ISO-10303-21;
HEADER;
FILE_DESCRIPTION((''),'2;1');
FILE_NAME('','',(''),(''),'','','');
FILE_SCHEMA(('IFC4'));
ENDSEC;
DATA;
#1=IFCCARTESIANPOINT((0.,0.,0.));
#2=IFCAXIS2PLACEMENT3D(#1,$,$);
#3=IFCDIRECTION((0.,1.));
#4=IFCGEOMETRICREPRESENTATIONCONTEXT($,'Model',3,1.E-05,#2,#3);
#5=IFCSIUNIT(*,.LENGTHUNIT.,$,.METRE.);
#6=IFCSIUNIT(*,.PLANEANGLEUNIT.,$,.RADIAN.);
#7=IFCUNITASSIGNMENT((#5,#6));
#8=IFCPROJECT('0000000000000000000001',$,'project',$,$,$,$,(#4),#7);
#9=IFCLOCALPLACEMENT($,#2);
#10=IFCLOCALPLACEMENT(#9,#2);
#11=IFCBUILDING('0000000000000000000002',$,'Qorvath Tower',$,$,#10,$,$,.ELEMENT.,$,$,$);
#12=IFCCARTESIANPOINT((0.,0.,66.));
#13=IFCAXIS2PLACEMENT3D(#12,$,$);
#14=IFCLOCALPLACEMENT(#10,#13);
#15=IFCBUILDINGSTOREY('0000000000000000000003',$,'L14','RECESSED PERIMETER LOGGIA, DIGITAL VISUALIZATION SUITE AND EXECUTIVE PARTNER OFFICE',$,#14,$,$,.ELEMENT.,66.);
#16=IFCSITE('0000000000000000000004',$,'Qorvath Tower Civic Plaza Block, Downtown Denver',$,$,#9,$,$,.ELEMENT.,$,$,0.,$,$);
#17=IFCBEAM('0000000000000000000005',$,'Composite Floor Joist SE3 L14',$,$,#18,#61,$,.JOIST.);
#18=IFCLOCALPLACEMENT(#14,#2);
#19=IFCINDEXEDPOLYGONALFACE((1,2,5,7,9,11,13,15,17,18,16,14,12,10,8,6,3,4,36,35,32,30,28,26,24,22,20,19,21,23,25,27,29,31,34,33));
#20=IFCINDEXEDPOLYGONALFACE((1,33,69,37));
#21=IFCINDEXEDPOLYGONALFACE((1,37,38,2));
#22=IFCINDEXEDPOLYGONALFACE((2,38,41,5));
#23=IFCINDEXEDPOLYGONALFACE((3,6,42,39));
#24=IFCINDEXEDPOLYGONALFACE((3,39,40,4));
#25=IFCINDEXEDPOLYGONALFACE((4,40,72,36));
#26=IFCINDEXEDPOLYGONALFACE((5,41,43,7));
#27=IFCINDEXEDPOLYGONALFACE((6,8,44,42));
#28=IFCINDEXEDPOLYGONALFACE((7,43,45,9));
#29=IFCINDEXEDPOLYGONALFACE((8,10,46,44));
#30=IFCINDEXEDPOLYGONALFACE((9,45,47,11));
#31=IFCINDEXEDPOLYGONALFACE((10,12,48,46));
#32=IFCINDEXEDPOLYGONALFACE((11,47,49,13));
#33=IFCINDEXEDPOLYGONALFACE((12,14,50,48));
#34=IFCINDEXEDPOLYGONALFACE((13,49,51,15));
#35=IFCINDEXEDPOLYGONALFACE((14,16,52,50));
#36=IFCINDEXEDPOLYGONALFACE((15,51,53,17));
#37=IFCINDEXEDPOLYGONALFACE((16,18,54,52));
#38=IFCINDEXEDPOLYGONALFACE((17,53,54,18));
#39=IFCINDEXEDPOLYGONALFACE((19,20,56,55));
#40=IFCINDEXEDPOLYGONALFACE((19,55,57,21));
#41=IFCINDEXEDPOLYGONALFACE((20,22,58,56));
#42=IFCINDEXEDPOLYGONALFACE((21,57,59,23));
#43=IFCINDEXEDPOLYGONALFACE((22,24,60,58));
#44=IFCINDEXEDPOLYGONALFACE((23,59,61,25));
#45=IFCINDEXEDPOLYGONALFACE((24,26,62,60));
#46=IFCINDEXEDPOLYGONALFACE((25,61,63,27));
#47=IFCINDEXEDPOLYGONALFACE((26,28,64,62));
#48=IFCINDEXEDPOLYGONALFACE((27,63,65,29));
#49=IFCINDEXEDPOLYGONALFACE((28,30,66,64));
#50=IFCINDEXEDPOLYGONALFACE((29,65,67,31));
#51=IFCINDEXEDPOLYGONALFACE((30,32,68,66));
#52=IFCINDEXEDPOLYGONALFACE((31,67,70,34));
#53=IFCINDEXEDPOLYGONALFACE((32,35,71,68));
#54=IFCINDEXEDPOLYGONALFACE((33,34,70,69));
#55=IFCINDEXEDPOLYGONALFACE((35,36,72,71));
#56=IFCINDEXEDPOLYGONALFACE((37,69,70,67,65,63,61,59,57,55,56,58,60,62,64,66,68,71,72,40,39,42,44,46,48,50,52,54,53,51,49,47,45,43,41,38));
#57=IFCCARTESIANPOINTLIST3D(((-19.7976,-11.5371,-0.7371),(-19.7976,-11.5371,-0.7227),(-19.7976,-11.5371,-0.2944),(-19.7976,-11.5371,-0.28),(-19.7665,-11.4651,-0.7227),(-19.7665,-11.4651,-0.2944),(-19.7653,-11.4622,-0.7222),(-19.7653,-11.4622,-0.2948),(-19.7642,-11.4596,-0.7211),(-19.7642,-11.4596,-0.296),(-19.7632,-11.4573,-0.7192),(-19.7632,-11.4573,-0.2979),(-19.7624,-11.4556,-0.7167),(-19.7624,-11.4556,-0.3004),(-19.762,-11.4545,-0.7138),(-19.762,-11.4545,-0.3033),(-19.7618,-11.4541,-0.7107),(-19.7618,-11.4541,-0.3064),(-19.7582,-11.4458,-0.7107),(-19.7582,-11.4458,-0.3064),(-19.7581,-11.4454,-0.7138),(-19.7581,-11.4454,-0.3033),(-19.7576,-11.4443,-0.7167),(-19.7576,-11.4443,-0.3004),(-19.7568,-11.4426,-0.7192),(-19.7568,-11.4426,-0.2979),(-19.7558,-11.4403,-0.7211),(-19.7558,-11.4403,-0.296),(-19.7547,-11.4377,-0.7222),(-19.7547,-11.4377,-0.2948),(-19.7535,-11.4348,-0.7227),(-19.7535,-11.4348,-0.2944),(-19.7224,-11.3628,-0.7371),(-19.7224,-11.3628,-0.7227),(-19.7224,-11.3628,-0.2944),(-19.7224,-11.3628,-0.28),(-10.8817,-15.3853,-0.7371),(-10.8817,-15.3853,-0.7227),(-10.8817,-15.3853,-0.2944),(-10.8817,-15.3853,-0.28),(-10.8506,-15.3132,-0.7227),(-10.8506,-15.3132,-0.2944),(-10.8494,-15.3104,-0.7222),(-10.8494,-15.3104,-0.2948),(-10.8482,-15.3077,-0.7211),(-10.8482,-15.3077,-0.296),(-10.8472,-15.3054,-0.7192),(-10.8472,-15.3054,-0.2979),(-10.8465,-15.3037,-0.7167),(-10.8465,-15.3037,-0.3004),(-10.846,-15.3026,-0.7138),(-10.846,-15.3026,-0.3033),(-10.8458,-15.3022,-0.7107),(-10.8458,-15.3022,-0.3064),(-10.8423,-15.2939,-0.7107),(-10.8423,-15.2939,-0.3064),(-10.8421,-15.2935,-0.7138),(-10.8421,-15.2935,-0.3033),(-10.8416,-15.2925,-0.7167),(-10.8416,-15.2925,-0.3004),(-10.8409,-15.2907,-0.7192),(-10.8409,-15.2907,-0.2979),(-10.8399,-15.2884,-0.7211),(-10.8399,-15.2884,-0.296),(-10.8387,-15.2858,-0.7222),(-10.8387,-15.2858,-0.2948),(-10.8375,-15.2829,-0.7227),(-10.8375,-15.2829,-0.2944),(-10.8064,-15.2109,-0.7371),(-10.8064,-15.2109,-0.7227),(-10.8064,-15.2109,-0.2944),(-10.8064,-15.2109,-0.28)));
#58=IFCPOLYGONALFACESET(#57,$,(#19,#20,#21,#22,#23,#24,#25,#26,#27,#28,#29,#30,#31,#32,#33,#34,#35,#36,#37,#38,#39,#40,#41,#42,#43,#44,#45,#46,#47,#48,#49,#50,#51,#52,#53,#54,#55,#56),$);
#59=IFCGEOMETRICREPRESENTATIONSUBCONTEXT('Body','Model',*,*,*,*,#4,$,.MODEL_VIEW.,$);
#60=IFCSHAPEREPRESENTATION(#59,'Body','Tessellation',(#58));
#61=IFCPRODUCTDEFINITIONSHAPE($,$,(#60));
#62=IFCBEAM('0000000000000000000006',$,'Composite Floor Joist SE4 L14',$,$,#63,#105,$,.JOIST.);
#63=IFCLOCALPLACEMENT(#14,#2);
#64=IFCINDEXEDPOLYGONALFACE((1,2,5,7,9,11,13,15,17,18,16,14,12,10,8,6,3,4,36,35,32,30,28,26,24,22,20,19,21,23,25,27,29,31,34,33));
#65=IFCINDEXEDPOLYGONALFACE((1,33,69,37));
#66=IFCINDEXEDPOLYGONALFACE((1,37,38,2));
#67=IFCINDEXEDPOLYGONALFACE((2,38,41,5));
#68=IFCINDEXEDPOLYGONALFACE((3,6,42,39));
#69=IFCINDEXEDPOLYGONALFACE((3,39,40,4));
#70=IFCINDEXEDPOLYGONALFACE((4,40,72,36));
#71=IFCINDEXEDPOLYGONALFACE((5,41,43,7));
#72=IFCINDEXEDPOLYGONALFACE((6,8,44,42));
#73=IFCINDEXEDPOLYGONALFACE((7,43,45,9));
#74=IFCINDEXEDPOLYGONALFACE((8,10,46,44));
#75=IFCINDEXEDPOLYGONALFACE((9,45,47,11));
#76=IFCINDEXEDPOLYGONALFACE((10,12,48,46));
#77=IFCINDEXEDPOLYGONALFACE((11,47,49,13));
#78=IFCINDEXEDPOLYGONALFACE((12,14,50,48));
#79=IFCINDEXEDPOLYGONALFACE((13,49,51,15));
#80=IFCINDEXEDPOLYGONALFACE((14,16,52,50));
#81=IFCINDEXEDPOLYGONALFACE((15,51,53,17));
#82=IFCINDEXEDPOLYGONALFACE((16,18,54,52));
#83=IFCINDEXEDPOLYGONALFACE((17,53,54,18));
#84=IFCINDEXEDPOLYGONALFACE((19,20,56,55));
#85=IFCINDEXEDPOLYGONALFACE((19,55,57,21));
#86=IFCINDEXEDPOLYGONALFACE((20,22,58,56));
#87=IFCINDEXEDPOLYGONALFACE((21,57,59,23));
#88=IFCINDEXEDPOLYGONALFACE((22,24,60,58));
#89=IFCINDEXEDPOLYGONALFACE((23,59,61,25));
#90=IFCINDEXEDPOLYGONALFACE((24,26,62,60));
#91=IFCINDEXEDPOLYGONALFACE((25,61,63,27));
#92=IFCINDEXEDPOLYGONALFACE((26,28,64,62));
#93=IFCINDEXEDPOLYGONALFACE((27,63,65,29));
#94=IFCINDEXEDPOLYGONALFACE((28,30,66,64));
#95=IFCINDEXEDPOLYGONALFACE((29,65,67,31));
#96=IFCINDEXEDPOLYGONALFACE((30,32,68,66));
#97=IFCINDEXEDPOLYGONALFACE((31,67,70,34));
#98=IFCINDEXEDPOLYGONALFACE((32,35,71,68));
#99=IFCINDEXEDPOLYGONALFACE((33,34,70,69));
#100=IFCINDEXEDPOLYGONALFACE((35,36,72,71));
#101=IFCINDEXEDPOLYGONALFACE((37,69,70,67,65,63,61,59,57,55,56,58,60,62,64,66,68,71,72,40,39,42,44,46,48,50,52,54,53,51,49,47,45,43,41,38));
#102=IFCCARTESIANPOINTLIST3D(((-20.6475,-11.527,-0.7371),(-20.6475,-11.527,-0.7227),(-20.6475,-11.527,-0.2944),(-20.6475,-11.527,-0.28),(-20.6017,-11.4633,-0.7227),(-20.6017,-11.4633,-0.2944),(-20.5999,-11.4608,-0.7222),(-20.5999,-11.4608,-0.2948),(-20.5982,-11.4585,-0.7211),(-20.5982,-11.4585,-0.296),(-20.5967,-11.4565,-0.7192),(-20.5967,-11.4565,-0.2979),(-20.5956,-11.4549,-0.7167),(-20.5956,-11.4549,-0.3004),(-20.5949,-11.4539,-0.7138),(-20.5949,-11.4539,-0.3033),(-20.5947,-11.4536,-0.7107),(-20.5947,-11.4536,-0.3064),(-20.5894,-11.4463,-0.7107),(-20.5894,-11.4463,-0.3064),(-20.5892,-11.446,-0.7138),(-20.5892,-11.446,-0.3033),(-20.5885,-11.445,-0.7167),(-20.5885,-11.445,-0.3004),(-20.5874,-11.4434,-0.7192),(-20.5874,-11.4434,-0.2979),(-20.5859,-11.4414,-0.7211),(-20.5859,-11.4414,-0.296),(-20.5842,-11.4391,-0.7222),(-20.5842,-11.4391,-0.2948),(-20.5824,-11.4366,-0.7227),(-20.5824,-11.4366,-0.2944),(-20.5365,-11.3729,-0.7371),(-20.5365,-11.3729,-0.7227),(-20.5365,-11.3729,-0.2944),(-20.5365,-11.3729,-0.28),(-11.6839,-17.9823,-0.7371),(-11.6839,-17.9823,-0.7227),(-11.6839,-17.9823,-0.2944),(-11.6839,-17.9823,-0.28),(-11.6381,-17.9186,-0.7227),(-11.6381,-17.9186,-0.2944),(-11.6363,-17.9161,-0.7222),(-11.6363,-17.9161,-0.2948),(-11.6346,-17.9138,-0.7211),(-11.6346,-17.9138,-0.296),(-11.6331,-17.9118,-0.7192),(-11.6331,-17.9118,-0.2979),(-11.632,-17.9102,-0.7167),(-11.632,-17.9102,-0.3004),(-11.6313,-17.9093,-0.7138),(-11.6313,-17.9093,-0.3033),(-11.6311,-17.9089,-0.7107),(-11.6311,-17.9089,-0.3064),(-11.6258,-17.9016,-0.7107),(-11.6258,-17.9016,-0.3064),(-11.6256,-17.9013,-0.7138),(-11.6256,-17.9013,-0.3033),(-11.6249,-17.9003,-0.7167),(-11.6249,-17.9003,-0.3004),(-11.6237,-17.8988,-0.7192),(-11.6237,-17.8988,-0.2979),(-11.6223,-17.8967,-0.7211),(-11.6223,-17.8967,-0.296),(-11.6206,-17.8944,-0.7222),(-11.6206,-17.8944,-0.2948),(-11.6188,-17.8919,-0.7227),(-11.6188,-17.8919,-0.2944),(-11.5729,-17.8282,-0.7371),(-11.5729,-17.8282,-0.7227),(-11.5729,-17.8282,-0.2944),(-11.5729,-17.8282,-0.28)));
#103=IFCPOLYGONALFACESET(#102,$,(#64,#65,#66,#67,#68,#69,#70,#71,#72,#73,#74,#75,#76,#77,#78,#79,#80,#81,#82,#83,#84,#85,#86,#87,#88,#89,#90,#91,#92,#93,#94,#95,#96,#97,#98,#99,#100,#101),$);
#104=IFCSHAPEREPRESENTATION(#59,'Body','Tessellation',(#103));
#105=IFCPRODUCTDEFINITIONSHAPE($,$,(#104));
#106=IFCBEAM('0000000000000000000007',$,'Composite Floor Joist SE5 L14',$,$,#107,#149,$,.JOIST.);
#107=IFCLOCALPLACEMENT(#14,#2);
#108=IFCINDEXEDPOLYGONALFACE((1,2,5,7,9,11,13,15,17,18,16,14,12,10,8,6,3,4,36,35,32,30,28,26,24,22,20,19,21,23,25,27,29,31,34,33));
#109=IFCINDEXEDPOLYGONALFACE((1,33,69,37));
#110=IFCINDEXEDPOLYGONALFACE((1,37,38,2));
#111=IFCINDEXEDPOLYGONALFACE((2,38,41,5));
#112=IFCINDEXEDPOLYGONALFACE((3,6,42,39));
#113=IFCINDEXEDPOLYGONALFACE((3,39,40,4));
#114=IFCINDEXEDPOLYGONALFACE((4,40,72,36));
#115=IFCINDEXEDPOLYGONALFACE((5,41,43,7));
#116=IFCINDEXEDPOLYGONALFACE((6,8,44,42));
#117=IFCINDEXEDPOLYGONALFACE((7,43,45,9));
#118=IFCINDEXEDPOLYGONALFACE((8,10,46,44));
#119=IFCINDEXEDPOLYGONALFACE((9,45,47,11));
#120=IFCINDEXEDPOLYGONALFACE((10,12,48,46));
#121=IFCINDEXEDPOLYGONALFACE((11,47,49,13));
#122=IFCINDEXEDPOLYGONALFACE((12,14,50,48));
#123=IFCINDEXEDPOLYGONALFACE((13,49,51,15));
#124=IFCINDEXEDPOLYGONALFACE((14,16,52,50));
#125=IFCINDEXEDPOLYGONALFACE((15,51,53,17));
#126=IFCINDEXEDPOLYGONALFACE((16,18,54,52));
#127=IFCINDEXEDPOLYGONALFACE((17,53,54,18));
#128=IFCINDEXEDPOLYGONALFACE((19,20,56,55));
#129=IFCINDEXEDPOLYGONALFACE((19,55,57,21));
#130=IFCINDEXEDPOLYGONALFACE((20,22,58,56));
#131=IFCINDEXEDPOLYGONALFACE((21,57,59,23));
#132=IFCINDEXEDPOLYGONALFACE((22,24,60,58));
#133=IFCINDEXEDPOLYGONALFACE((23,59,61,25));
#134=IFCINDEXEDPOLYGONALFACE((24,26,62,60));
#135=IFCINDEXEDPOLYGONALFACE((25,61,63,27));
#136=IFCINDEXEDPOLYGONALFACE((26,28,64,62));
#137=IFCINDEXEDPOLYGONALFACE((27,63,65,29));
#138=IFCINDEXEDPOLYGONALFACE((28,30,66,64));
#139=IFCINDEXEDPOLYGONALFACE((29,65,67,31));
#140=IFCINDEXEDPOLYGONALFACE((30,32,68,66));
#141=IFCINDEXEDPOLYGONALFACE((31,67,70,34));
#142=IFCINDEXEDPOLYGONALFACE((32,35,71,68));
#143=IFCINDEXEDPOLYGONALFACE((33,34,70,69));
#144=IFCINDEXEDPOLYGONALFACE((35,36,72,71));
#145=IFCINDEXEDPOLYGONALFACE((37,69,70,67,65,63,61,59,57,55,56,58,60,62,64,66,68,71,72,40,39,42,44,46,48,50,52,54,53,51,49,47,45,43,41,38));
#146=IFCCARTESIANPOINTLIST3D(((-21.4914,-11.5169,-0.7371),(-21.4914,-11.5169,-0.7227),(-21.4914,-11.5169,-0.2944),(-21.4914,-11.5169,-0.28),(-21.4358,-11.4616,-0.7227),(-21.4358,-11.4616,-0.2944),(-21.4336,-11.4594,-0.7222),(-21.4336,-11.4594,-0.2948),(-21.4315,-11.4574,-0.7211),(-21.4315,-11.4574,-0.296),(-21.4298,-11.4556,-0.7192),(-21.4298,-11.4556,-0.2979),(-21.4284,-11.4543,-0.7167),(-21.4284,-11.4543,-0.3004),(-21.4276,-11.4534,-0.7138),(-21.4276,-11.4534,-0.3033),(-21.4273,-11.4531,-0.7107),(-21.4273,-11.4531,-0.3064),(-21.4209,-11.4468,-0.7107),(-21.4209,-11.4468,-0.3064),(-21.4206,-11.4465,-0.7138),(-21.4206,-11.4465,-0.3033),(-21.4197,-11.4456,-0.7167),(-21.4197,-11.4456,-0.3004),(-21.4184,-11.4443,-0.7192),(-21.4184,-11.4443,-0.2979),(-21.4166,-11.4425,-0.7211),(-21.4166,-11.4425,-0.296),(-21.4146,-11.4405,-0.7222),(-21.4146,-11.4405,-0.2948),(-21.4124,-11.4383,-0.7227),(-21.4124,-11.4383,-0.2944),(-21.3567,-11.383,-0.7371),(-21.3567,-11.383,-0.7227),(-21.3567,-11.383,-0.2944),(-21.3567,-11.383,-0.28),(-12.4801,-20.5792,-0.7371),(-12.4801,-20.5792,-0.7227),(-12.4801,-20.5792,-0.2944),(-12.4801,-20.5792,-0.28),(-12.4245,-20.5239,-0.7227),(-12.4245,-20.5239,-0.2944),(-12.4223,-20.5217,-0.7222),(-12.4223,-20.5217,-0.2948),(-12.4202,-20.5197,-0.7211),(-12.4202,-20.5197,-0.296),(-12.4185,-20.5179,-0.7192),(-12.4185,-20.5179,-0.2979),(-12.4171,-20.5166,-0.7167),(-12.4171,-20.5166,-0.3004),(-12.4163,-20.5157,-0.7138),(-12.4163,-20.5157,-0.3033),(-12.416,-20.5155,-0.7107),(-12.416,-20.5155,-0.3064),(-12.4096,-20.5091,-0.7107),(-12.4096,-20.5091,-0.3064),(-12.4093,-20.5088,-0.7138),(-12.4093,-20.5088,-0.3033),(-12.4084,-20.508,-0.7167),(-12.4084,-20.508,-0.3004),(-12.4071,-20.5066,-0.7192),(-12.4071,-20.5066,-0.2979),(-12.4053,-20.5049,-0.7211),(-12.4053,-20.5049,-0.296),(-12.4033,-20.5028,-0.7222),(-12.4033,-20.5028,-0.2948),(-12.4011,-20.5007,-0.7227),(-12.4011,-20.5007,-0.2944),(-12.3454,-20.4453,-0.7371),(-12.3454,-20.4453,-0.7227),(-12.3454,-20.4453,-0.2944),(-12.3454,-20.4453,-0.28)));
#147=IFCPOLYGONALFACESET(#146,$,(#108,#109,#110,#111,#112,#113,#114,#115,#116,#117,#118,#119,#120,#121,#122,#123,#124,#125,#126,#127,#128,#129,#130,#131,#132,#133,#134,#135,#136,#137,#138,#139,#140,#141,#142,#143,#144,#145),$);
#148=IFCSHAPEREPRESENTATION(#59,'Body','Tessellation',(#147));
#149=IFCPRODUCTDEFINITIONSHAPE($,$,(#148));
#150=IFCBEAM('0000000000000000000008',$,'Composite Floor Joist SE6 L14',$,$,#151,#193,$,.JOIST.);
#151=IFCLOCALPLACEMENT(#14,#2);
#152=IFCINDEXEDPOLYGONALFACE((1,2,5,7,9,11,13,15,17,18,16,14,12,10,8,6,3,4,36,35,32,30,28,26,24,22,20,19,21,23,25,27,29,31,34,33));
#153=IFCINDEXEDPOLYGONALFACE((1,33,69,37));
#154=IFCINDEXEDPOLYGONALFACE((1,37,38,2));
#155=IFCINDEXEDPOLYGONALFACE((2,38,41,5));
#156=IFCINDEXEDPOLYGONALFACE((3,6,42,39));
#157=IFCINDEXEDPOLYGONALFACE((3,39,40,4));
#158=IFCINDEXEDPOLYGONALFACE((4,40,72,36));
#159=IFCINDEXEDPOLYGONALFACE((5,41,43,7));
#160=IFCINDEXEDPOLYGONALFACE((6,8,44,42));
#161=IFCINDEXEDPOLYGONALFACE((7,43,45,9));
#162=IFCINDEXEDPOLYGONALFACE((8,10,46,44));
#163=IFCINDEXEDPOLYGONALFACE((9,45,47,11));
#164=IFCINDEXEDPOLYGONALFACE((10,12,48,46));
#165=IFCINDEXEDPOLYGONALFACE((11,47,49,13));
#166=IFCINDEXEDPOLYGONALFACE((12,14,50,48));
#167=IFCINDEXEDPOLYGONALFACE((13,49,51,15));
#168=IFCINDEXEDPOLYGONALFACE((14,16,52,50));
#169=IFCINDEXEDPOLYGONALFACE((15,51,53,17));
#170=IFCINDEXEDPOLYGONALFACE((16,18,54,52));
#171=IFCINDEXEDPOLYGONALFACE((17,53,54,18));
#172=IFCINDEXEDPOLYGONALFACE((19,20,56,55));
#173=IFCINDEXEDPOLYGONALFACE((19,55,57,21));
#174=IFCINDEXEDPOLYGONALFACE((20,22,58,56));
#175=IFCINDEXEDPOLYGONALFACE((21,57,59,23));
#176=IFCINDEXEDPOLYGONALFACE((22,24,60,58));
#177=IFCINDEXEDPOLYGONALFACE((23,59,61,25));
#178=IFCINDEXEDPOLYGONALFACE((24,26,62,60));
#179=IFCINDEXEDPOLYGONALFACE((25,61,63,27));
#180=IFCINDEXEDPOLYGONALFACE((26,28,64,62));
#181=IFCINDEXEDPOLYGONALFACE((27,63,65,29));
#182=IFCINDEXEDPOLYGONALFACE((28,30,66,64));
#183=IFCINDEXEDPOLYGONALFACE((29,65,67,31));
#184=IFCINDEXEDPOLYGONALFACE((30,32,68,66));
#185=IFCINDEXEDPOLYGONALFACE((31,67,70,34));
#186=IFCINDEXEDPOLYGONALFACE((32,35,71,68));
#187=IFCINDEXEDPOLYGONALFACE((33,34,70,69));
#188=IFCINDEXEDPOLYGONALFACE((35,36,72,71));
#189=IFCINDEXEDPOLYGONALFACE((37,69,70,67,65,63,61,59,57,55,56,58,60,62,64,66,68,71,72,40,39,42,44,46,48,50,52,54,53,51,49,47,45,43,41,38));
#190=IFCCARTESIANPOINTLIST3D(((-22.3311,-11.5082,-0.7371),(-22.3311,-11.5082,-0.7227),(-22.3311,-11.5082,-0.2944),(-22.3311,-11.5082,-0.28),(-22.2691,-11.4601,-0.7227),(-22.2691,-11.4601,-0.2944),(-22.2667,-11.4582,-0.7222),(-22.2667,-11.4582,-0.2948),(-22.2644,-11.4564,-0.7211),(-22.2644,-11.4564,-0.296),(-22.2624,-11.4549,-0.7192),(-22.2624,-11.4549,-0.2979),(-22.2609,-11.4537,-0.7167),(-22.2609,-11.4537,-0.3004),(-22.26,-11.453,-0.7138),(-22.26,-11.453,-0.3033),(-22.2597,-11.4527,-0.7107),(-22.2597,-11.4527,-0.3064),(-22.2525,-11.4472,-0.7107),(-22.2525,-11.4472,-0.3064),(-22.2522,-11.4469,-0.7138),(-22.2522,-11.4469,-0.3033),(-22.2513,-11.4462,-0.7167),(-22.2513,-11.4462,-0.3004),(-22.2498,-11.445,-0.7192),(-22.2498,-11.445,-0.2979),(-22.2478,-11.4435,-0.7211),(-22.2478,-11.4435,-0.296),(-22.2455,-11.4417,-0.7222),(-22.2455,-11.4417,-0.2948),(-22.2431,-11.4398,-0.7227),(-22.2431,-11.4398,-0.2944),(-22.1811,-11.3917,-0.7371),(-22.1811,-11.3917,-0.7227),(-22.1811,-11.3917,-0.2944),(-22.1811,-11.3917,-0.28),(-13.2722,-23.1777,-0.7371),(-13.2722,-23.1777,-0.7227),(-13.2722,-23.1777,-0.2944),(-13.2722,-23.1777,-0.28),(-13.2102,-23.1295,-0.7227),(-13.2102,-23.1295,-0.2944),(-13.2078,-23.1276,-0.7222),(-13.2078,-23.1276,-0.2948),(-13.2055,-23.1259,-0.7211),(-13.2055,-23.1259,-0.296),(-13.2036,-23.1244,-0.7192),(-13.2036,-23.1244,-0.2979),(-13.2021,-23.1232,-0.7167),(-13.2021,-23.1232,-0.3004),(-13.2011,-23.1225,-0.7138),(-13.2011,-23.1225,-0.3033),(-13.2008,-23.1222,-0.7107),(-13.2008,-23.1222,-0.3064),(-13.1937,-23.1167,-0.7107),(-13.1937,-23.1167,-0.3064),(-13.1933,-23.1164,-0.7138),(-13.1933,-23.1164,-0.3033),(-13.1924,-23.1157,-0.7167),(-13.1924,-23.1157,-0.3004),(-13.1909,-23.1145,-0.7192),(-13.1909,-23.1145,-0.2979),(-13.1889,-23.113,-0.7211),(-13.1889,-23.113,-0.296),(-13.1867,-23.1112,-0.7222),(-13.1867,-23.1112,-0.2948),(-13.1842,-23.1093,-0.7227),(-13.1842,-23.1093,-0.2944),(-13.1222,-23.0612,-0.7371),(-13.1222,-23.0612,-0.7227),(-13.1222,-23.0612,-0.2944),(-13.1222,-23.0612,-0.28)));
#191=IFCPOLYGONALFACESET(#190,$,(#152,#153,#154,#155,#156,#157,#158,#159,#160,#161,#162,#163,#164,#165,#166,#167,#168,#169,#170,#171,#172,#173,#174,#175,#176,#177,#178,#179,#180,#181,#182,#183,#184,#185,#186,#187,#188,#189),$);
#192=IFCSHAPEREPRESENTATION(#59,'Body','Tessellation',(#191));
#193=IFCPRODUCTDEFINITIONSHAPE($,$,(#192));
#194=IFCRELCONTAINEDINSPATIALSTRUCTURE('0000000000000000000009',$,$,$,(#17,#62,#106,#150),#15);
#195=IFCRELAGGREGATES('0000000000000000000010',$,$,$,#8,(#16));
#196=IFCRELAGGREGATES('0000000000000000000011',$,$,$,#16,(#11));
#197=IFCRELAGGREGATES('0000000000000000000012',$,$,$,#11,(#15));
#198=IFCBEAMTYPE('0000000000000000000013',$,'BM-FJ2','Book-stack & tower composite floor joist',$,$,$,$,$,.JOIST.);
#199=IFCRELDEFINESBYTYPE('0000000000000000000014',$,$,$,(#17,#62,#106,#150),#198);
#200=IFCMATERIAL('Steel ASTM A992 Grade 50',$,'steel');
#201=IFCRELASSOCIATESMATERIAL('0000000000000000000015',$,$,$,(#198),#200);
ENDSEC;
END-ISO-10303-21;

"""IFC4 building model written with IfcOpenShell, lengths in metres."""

from ifc_helpers import new_model, si_unit, direction, frame, origin, origin_2d, place, context, subcontext, project, spatial, i_section, extrude, material, material_profile, profile_set, type_object, element, save


model = new_model("IFC4")

# Units and contexts
model_context = context("Model", 3, precision=1e-05, world=origin(), true_north=direction((0.0, 1.0)))
body_context = subcontext(model_context, "Body", "Model", "MODEL_VIEW")
ifc_project = project(units=[si_unit("LENGTHUNIT", "METRE"), si_unit("PLANEANGLEUNIT", "RADIAN")], contexts=[model_context])

# Site, building, storey
site_placement = place(None, origin())
site = spatial("IfcSite", under=ifc_project, at=site_placement, Name="Qorvath Tower Civic Plaza Block, Downtown Denver", CompositionType="ELEMENT", RefElevation=0.0)
building_placement = place(site_placement, origin())
building = spatial("IfcBuilding", under=site, at=building_placement, Name="Qorvath Tower", CompositionType="ELEMENT")
storey_placement = place(building_placement, frame((0.0, 0.0, 66.0)))
storey = spatial("IfcBuildingStorey", under=building, at=storey_placement, Name="L14", Description="RECESSED PERIMETER LOGGIA, DIGITAL VISUALIZATION SUITE AND EXECUTIVE PARTNER OFFICE", CompositionType="ELEMENT", Elevation=66.0)

# Beams
ifc_material_1 = material(Name="Steel ASTM A992 Grade 50", Category="steel")
ifc_material_profile_1 = material_profile(ifc_material_1, i_section(OverallWidth=0.1899, OverallDepth=0.457, WebThickness=0.009, FlangeThickness=0.0144, FilletRadius=0.012, at=origin_2d()), Name="W18x50")
ifc_profile_set_1 = profile_set([ifc_material_profile_1], Name="Steel ASTM A992 Grade 50")
beam_type_1 = type_object("IfcBeamType", Name="BM-FJ2", Description="Book-stack & tower composite floor joist", PredefinedType="JOIST", material=ifc_profile_set_1)
beam_1_placement = place(storey_placement, frame((-19.76, -11.45, -0.5085), z_axis=(0.918136, -0.396266, 0.0), x_axis=(0.396266, 0.918136, 0.0)))
element("IfcBeam", 1, at=beam_1_placement, inside=storey, type_object=beam_type_1, Name="Composite Floor Joist SE3 L14", PredefinedType="JOIST", context=body_context, shape_type="SweptSolid", body=[
    extrude(i_section(OverallWidth=0.1899, OverallDepth=0.457, WebThickness=0.009, FlangeThickness=0.0144, FilletRadius=0.012, at=origin_2d()), origin(), (0.0, 0.0, 1.0), 9.7109),
])
beam_2_placement = place(storey_placement, frame((-20.592, -11.45, -0.5085), z_axis=(0.811469, -0.584395, 0.0), x_axis=(0.584395, 0.811469, 0.0)))
element("IfcBeam", 2, at=beam_2_placement, inside=storey, type_object=beam_type_1, Name="Composite Floor Joist SE4 L14", PredefinedType="JOIST", context=body_context, shape_type="SweptSolid", body=[
    extrude(i_section(OverallWidth=0.1899, OverallDepth=0.457, WebThickness=0.009, FlangeThickness=0.0144, FilletRadius=0.012, at=origin_2d()), origin(), (0.0, 0.0, 1.0), 11.0461),
])
beam_3_placement = place(storey_placement, frame((-21.4241, -11.45, -0.5085), z_axis=(0.705108, -0.7091, 0.0), x_axis=(0.7091, 0.705108, 0.0)))
element("IfcBeam", 3, at=beam_3_placement, inside=storey, type_object=beam_type_1, Name="Composite Floor Joist SE5 L14", PredefinedType="JOIST", context=body_context, shape_type="SweptSolid", body=[
    extrude(i_section(OverallWidth=0.1899, OverallDepth=0.457, WebThickness=0.009, FlangeThickness=0.0144, FilletRadius=0.012, at=origin_2d()), origin(), (0.0, 0.0, 1.0), 12.78),
])
beam_4_placement = place(storey_placement, frame((-22.2561, -11.45, -0.5085), z_axis=(0.613207, -0.789922, 0.0), x_axis=(0.789922, 0.613207, 0.0)))
element("IfcBeam", 4, at=beam_4_placement, inside=storey, type_object=beam_type_1, Name="Composite Floor Joist SE6 L14", PredefinedType="JOIST", context=body_context, shape_type="SweptSolid", body=[
    extrude(i_section(OverallWidth=0.1899, OverallDepth=0.457, WebThickness=0.009, FlangeThickness=0.0144, FilletRadius=0.012, at=origin_2d()), origin(), (0.0, 0.0, 1.0), 14.7729),
])

save(model, "model.ifc")
